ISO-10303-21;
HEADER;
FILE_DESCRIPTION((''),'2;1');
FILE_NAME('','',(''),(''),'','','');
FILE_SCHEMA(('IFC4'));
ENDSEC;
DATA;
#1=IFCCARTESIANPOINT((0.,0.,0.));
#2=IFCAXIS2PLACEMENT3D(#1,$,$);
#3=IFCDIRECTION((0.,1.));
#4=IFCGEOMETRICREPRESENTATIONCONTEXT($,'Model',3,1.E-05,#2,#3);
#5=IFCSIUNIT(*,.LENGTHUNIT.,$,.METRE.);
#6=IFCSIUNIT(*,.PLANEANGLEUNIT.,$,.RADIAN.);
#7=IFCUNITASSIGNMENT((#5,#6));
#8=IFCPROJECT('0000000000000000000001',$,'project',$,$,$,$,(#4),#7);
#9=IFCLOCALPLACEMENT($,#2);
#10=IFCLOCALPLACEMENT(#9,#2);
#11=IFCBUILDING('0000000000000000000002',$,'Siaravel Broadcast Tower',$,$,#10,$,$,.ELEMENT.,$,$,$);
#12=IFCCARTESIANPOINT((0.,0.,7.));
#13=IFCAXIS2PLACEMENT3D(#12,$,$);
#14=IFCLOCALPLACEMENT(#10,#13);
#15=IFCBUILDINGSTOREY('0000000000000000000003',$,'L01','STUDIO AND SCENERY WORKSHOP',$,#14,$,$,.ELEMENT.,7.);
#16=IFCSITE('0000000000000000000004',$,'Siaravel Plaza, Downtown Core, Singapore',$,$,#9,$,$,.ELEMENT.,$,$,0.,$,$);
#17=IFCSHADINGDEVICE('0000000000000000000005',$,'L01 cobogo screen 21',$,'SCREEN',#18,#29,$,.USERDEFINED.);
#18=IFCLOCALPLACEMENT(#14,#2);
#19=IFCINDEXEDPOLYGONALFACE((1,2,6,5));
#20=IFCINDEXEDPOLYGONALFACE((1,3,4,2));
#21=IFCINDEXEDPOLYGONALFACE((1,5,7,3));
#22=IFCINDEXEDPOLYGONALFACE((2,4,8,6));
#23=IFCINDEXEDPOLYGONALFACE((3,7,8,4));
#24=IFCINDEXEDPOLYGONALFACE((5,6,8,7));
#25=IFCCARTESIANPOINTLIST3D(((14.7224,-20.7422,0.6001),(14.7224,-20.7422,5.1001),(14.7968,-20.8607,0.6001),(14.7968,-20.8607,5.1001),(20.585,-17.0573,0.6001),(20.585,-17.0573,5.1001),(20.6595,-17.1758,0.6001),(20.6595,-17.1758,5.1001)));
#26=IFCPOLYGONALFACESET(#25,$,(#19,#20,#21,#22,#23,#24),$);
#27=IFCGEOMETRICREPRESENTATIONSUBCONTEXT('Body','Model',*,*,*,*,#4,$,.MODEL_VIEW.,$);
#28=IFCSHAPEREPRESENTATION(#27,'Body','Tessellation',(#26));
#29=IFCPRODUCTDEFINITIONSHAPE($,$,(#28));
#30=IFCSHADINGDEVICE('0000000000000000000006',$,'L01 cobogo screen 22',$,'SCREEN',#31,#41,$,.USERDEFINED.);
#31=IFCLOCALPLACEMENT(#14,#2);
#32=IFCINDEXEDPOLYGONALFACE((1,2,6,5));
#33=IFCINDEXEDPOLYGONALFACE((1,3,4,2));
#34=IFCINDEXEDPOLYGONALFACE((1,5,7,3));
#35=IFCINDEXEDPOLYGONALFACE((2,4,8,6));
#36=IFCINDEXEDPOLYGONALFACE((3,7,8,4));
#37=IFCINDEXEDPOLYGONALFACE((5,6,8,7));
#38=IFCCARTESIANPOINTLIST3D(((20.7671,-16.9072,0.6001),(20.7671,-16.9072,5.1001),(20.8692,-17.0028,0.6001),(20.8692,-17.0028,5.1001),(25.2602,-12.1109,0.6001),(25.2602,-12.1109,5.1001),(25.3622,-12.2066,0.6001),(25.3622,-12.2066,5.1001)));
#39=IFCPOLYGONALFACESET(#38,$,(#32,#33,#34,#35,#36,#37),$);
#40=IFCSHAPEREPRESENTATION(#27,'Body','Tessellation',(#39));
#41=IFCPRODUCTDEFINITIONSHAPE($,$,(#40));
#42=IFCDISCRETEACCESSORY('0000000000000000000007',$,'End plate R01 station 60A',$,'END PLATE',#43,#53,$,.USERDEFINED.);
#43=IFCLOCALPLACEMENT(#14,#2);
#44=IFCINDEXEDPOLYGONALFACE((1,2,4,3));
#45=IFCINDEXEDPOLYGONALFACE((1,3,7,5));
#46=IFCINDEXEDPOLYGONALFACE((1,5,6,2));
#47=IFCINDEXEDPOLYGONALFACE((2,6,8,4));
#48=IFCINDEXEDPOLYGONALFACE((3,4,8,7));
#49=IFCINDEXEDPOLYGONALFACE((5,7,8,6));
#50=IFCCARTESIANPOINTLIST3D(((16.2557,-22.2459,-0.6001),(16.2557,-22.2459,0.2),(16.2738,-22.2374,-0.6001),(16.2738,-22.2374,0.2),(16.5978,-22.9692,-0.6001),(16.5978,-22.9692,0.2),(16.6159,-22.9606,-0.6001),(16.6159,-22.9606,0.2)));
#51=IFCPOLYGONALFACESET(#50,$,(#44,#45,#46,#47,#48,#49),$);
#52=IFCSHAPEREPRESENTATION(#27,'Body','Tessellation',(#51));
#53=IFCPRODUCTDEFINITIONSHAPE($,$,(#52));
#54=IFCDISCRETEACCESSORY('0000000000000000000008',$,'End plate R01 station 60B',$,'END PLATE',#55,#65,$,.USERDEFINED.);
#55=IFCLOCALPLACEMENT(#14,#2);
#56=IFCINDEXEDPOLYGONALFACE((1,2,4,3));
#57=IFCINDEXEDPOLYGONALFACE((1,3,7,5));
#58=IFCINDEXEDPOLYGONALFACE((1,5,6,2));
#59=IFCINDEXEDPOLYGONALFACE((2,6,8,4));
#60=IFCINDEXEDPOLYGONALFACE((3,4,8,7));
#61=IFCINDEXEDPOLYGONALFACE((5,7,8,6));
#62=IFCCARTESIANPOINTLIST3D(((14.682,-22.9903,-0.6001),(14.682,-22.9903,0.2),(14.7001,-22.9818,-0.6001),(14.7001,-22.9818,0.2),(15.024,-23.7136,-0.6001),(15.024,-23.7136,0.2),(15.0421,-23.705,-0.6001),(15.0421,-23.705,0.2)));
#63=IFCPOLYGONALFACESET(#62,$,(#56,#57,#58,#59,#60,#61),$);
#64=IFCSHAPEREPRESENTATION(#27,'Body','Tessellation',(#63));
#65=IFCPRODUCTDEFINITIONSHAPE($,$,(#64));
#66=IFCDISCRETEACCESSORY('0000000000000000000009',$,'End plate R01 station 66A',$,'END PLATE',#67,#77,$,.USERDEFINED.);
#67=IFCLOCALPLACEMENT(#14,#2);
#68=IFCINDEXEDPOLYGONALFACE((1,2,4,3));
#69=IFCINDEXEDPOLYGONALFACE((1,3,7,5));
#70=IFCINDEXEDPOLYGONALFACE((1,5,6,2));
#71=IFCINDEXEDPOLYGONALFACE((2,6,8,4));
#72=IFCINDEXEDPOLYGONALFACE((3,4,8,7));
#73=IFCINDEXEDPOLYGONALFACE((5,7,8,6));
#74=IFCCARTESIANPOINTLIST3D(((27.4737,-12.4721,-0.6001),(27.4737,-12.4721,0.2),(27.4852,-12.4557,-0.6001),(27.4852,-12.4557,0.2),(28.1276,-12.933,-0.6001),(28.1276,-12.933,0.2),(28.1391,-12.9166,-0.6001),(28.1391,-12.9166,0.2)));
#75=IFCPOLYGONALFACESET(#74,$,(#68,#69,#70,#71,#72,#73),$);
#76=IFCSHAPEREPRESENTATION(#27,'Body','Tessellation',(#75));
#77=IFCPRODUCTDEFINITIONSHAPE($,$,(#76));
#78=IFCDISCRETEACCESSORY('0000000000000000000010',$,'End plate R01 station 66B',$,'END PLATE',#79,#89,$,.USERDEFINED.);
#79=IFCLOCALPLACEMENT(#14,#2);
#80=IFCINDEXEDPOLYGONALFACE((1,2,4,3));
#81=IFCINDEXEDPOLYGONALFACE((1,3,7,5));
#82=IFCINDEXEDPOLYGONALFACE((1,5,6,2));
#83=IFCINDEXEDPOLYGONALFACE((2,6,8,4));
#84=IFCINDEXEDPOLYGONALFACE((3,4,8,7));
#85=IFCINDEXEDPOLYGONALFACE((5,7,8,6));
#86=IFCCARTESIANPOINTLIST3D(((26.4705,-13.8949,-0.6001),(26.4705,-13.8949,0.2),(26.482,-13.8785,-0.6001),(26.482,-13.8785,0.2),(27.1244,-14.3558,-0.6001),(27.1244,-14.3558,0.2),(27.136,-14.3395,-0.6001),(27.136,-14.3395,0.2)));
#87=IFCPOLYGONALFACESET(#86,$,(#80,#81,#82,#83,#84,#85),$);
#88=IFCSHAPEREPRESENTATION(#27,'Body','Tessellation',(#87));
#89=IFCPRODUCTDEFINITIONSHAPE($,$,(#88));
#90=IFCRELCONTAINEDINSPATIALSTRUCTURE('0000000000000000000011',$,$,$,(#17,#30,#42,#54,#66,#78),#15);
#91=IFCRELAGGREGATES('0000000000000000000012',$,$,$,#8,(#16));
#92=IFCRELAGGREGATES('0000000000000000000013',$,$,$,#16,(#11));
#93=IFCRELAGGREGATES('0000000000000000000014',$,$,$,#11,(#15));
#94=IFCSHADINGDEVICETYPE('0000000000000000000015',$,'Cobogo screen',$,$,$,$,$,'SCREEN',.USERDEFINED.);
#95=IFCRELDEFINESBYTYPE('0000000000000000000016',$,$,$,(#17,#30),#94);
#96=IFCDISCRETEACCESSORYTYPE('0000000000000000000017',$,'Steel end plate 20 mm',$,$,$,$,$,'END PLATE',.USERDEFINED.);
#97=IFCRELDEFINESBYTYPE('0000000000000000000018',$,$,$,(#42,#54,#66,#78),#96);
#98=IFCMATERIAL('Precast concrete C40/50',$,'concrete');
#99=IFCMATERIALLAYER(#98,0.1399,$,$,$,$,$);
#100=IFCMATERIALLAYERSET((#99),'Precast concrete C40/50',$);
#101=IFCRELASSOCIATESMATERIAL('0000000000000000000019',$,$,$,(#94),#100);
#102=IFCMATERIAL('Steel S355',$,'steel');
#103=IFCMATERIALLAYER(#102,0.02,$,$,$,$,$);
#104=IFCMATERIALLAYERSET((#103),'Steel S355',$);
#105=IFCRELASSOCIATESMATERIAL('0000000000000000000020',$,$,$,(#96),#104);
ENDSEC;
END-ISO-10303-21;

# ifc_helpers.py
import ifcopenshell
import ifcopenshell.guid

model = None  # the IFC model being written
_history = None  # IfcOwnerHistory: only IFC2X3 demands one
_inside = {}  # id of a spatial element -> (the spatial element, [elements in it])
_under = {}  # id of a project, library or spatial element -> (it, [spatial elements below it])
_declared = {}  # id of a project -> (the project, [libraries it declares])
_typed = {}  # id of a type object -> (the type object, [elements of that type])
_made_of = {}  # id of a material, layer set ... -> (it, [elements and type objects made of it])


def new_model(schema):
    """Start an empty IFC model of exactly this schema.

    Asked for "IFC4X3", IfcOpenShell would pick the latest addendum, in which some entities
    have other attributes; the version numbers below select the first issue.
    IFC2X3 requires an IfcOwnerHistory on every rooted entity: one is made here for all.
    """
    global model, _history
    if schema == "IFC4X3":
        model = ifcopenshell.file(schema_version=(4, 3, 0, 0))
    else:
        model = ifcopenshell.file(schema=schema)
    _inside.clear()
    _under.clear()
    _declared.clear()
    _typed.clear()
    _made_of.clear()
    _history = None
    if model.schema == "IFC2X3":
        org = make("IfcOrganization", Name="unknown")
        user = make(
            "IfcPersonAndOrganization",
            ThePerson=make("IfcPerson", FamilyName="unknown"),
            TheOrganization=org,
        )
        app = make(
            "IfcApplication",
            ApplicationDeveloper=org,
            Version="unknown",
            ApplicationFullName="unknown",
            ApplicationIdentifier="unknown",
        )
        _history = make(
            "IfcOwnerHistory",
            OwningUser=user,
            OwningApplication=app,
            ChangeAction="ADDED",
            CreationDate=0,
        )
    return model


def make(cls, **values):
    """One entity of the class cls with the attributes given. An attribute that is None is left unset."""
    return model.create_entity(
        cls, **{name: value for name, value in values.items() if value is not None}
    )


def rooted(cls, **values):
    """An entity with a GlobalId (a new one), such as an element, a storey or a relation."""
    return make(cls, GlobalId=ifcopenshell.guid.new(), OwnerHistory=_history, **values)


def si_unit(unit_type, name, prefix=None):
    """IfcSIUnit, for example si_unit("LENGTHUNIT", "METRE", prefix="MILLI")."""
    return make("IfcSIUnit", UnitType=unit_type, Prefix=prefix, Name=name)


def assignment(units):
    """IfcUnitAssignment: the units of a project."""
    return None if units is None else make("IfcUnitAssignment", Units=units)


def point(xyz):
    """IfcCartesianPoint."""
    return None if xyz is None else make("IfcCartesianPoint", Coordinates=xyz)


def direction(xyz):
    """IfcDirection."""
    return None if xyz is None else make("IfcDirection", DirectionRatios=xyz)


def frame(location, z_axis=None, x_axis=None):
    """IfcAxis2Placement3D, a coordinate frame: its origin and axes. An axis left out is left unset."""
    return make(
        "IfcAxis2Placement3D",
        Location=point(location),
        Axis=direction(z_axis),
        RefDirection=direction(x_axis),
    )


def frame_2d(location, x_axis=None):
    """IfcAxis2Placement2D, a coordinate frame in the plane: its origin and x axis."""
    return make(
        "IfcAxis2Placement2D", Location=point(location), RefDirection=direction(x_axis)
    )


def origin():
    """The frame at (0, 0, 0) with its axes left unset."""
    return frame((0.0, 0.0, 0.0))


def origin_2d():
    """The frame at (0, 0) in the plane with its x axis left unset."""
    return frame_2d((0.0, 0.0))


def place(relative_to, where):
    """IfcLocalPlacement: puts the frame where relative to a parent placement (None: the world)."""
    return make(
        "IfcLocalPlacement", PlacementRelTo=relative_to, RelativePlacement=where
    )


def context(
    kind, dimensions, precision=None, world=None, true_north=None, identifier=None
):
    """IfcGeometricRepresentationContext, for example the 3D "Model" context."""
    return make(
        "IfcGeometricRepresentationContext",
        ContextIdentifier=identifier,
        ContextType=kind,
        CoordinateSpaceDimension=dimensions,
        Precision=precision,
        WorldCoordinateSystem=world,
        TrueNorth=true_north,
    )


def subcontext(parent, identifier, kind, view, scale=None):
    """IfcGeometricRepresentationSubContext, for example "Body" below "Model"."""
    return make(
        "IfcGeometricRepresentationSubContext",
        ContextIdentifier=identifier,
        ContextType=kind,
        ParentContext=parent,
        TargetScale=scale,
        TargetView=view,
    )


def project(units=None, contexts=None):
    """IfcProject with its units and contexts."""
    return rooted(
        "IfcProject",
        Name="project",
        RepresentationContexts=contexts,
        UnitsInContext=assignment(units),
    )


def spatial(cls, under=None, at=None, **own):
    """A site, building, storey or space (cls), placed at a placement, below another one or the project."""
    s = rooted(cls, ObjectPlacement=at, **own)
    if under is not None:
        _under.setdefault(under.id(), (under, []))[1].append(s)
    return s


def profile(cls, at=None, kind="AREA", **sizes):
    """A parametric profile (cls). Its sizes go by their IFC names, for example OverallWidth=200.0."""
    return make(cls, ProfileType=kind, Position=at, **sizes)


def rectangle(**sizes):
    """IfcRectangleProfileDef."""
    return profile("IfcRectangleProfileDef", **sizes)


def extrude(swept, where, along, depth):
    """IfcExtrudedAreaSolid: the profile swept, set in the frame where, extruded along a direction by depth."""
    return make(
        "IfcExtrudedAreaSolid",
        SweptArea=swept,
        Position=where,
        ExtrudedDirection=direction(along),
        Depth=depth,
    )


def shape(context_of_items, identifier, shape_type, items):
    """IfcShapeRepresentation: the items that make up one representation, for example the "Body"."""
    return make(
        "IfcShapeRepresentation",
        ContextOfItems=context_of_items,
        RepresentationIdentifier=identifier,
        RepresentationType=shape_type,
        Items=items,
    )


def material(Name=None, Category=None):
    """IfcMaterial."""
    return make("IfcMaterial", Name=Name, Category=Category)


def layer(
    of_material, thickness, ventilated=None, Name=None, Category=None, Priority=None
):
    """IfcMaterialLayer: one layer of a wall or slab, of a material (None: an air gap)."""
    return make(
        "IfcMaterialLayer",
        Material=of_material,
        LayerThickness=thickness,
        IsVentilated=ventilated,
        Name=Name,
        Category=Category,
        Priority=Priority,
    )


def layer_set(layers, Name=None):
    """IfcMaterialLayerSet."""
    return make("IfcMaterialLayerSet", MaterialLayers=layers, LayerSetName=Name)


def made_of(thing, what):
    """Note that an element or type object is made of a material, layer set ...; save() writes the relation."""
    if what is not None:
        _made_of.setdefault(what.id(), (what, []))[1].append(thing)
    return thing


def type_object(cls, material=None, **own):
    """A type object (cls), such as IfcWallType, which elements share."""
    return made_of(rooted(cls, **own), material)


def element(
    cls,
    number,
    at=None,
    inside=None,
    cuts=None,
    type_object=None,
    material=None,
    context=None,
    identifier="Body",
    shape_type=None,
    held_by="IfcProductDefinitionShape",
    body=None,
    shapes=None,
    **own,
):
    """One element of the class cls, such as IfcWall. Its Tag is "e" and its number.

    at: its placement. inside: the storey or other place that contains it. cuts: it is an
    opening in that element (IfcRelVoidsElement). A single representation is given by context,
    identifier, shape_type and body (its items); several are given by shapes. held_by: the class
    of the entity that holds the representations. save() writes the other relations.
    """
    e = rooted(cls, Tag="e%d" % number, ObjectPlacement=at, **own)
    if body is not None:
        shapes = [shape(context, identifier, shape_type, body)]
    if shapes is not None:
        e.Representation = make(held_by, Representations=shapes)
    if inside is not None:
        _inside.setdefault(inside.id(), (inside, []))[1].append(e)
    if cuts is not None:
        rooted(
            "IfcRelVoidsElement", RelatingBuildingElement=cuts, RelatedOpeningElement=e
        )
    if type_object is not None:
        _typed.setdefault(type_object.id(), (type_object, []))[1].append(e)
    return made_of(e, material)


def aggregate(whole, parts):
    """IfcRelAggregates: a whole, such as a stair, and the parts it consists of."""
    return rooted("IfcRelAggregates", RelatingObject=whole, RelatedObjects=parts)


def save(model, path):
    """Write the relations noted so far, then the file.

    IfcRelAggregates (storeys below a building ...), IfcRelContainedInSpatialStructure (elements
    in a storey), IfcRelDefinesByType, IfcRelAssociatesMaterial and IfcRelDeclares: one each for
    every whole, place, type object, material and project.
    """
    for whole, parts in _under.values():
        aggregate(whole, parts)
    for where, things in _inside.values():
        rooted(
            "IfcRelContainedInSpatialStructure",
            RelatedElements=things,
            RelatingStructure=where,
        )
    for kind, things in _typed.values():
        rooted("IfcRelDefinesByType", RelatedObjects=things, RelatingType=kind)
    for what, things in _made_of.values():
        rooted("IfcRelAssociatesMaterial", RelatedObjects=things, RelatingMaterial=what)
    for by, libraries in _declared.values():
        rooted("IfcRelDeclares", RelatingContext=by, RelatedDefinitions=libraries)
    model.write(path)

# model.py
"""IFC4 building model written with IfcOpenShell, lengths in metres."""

from ifc_helpers import new_model, si_unit, direction, frame, origin, origin_2d, place, context, subcontext, project, spatial, rectangle, extrude, material, layer, layer_set, type_object, element, save


model = new_model("IFC4")

# Units and contexts
model_context = context("Model", 3, precision=1e-05, world=origin(), true_north=direction((0.0, 1.0)))
body_context = subcontext(model_context, "Body", "Model", "MODEL_VIEW")
ifc_project = project(units=[si_unit("LENGTHUNIT", "METRE"), si_unit("PLANEANGLEUNIT", "RADIAN")], contexts=[model_context])

# Site, building, storey
site_placement = place(None, origin())
site = spatial("IfcSite", under=ifc_project, at=site_placement, Name="Siaravel Plaza, Downtown Core, Singapore", CompositionType="ELEMENT", RefElevation=0.0)
building_placement = place(site_placement, origin())
building = spatial("IfcBuilding", under=site, at=building_placement, Name="Siaravel Broadcast Tower", CompositionType="ELEMENT")
storey_placement = place(building_placement, frame((0.0, 0.0, 7.0)))
storey = spatial("IfcBuildingStorey", under=building, at=storey_placement, Name="L01", Description="STUDIO AND SCENERY WORKSHOP", CompositionType="ELEMENT", Elevation=7.0)

# Shared definitions
ifc_material_1 = material(Name="Steel S355", Category="steel")

# Shading devices
ifc_material_2 = material(Name="Precast concrete C40/50", Category="concrete")
ifc_layer_1 = layer(ifc_material_2, 0.1399)
ifc_layer_set_1 = layer_set([ifc_layer_1], Name="Precast concrete C40/50")
shading_device_type_1 = type_object("IfcShadingDeviceType", Name="Cobogo screen", ElementType="SCREEN", PredefinedType="USERDEFINED", material=ifc_layer_set_1)
shading_device_1_placement = place(storey_placement, frame((17.6909, -18.959, 0.6001), z_axis=(0.0, 0.0, 1.0), x_axis=(0.84665, 0.532149, 0.0)))
element("IfcShadingDevice", 1, at=shading_device_1_placement, inside=storey, type_object=shading_device_type_1, Name="L01 cobogo screen 21", ObjectType="SCREEN", PredefinedType="USERDEFINED", context=body_context, shape_type="SweptSolid", body=[
    extrude(rectangle(XDim=6.9246, YDim=0.1399, at=origin_2d()), origin(), (0.0, 0.0, 1.0), 4.5),
])
shading_device_2_placement = place(storey_placement, frame((23.0647, -14.5569, 0.6001), z_axis=(0.0, 0.0, 1.0), x_axis=(0.683656, 0.729804, 0.0)))
element("IfcShadingDevice", 2, at=shading_device_2_placement, inside=storey, type_object=shading_device_type_1, Name="L01 cobogo screen 22", ObjectType="SCREEN", PredefinedType="USERDEFINED", context=body_context, shape_type="SweptSolid", body=[
    extrude(rectangle(XDim=6.572, YDim=0.1399, at=origin_2d()), origin(), (0.0, 0.0, 1.0), 4.5),
])

# Discrete accessories
ifc_layer_2 = layer(ifc_material_1, 0.02)
ifc_layer_set_2 = layer_set([ifc_layer_2], Name="Steel S355")
discrete_accessory_type = type_object("IfcDiscreteAccessoryType", Name="Steel end plate 20 mm", ElementType="END PLATE", PredefinedType="USERDEFINED", material=ifc_layer_set_2)
for number, where, z_axis, x_axis, name in (
    (3, (16.4358, -22.6033, -0.6001), (0.0, 0.0, 1.0), (0.904006, 0.427519, 0.0), "End plate R01 station 60A"),
    (4, (14.8621, -23.3477, -0.6001), (0.0, 0.0, 1.0), (0.904006, 0.427519, 0.0), "End plate R01 station 60B"),
    (5, (27.8064, -12.6943, -0.6001), (0.0, 0.0, 1.0), (0.576119, 0.817366, 0.0), "End plate R01 station 66A"),
    (6, (26.8032, -14.1172, -0.6001), (0.0, 0.0, 1.0), (0.576119, 0.817366, 0.0), "End plate R01 station 66B"),
):
    element("IfcDiscreteAccessory", number, at=place(storey_placement, frame(where, z_axis=z_axis, x_axis=x_axis)), inside=storey, type_object=discrete_accessory_type, Name=name, ObjectType="END PLATE", PredefinedType="USERDEFINED", context=body_context, shape_type="SweptSolid", body=[
        extrude(rectangle(XDim=0.02, YDim=0.8, at=origin_2d()), origin(), (0.0, 0.0, 1.0), 0.8),
    ])

save(model, "model.ifc")
